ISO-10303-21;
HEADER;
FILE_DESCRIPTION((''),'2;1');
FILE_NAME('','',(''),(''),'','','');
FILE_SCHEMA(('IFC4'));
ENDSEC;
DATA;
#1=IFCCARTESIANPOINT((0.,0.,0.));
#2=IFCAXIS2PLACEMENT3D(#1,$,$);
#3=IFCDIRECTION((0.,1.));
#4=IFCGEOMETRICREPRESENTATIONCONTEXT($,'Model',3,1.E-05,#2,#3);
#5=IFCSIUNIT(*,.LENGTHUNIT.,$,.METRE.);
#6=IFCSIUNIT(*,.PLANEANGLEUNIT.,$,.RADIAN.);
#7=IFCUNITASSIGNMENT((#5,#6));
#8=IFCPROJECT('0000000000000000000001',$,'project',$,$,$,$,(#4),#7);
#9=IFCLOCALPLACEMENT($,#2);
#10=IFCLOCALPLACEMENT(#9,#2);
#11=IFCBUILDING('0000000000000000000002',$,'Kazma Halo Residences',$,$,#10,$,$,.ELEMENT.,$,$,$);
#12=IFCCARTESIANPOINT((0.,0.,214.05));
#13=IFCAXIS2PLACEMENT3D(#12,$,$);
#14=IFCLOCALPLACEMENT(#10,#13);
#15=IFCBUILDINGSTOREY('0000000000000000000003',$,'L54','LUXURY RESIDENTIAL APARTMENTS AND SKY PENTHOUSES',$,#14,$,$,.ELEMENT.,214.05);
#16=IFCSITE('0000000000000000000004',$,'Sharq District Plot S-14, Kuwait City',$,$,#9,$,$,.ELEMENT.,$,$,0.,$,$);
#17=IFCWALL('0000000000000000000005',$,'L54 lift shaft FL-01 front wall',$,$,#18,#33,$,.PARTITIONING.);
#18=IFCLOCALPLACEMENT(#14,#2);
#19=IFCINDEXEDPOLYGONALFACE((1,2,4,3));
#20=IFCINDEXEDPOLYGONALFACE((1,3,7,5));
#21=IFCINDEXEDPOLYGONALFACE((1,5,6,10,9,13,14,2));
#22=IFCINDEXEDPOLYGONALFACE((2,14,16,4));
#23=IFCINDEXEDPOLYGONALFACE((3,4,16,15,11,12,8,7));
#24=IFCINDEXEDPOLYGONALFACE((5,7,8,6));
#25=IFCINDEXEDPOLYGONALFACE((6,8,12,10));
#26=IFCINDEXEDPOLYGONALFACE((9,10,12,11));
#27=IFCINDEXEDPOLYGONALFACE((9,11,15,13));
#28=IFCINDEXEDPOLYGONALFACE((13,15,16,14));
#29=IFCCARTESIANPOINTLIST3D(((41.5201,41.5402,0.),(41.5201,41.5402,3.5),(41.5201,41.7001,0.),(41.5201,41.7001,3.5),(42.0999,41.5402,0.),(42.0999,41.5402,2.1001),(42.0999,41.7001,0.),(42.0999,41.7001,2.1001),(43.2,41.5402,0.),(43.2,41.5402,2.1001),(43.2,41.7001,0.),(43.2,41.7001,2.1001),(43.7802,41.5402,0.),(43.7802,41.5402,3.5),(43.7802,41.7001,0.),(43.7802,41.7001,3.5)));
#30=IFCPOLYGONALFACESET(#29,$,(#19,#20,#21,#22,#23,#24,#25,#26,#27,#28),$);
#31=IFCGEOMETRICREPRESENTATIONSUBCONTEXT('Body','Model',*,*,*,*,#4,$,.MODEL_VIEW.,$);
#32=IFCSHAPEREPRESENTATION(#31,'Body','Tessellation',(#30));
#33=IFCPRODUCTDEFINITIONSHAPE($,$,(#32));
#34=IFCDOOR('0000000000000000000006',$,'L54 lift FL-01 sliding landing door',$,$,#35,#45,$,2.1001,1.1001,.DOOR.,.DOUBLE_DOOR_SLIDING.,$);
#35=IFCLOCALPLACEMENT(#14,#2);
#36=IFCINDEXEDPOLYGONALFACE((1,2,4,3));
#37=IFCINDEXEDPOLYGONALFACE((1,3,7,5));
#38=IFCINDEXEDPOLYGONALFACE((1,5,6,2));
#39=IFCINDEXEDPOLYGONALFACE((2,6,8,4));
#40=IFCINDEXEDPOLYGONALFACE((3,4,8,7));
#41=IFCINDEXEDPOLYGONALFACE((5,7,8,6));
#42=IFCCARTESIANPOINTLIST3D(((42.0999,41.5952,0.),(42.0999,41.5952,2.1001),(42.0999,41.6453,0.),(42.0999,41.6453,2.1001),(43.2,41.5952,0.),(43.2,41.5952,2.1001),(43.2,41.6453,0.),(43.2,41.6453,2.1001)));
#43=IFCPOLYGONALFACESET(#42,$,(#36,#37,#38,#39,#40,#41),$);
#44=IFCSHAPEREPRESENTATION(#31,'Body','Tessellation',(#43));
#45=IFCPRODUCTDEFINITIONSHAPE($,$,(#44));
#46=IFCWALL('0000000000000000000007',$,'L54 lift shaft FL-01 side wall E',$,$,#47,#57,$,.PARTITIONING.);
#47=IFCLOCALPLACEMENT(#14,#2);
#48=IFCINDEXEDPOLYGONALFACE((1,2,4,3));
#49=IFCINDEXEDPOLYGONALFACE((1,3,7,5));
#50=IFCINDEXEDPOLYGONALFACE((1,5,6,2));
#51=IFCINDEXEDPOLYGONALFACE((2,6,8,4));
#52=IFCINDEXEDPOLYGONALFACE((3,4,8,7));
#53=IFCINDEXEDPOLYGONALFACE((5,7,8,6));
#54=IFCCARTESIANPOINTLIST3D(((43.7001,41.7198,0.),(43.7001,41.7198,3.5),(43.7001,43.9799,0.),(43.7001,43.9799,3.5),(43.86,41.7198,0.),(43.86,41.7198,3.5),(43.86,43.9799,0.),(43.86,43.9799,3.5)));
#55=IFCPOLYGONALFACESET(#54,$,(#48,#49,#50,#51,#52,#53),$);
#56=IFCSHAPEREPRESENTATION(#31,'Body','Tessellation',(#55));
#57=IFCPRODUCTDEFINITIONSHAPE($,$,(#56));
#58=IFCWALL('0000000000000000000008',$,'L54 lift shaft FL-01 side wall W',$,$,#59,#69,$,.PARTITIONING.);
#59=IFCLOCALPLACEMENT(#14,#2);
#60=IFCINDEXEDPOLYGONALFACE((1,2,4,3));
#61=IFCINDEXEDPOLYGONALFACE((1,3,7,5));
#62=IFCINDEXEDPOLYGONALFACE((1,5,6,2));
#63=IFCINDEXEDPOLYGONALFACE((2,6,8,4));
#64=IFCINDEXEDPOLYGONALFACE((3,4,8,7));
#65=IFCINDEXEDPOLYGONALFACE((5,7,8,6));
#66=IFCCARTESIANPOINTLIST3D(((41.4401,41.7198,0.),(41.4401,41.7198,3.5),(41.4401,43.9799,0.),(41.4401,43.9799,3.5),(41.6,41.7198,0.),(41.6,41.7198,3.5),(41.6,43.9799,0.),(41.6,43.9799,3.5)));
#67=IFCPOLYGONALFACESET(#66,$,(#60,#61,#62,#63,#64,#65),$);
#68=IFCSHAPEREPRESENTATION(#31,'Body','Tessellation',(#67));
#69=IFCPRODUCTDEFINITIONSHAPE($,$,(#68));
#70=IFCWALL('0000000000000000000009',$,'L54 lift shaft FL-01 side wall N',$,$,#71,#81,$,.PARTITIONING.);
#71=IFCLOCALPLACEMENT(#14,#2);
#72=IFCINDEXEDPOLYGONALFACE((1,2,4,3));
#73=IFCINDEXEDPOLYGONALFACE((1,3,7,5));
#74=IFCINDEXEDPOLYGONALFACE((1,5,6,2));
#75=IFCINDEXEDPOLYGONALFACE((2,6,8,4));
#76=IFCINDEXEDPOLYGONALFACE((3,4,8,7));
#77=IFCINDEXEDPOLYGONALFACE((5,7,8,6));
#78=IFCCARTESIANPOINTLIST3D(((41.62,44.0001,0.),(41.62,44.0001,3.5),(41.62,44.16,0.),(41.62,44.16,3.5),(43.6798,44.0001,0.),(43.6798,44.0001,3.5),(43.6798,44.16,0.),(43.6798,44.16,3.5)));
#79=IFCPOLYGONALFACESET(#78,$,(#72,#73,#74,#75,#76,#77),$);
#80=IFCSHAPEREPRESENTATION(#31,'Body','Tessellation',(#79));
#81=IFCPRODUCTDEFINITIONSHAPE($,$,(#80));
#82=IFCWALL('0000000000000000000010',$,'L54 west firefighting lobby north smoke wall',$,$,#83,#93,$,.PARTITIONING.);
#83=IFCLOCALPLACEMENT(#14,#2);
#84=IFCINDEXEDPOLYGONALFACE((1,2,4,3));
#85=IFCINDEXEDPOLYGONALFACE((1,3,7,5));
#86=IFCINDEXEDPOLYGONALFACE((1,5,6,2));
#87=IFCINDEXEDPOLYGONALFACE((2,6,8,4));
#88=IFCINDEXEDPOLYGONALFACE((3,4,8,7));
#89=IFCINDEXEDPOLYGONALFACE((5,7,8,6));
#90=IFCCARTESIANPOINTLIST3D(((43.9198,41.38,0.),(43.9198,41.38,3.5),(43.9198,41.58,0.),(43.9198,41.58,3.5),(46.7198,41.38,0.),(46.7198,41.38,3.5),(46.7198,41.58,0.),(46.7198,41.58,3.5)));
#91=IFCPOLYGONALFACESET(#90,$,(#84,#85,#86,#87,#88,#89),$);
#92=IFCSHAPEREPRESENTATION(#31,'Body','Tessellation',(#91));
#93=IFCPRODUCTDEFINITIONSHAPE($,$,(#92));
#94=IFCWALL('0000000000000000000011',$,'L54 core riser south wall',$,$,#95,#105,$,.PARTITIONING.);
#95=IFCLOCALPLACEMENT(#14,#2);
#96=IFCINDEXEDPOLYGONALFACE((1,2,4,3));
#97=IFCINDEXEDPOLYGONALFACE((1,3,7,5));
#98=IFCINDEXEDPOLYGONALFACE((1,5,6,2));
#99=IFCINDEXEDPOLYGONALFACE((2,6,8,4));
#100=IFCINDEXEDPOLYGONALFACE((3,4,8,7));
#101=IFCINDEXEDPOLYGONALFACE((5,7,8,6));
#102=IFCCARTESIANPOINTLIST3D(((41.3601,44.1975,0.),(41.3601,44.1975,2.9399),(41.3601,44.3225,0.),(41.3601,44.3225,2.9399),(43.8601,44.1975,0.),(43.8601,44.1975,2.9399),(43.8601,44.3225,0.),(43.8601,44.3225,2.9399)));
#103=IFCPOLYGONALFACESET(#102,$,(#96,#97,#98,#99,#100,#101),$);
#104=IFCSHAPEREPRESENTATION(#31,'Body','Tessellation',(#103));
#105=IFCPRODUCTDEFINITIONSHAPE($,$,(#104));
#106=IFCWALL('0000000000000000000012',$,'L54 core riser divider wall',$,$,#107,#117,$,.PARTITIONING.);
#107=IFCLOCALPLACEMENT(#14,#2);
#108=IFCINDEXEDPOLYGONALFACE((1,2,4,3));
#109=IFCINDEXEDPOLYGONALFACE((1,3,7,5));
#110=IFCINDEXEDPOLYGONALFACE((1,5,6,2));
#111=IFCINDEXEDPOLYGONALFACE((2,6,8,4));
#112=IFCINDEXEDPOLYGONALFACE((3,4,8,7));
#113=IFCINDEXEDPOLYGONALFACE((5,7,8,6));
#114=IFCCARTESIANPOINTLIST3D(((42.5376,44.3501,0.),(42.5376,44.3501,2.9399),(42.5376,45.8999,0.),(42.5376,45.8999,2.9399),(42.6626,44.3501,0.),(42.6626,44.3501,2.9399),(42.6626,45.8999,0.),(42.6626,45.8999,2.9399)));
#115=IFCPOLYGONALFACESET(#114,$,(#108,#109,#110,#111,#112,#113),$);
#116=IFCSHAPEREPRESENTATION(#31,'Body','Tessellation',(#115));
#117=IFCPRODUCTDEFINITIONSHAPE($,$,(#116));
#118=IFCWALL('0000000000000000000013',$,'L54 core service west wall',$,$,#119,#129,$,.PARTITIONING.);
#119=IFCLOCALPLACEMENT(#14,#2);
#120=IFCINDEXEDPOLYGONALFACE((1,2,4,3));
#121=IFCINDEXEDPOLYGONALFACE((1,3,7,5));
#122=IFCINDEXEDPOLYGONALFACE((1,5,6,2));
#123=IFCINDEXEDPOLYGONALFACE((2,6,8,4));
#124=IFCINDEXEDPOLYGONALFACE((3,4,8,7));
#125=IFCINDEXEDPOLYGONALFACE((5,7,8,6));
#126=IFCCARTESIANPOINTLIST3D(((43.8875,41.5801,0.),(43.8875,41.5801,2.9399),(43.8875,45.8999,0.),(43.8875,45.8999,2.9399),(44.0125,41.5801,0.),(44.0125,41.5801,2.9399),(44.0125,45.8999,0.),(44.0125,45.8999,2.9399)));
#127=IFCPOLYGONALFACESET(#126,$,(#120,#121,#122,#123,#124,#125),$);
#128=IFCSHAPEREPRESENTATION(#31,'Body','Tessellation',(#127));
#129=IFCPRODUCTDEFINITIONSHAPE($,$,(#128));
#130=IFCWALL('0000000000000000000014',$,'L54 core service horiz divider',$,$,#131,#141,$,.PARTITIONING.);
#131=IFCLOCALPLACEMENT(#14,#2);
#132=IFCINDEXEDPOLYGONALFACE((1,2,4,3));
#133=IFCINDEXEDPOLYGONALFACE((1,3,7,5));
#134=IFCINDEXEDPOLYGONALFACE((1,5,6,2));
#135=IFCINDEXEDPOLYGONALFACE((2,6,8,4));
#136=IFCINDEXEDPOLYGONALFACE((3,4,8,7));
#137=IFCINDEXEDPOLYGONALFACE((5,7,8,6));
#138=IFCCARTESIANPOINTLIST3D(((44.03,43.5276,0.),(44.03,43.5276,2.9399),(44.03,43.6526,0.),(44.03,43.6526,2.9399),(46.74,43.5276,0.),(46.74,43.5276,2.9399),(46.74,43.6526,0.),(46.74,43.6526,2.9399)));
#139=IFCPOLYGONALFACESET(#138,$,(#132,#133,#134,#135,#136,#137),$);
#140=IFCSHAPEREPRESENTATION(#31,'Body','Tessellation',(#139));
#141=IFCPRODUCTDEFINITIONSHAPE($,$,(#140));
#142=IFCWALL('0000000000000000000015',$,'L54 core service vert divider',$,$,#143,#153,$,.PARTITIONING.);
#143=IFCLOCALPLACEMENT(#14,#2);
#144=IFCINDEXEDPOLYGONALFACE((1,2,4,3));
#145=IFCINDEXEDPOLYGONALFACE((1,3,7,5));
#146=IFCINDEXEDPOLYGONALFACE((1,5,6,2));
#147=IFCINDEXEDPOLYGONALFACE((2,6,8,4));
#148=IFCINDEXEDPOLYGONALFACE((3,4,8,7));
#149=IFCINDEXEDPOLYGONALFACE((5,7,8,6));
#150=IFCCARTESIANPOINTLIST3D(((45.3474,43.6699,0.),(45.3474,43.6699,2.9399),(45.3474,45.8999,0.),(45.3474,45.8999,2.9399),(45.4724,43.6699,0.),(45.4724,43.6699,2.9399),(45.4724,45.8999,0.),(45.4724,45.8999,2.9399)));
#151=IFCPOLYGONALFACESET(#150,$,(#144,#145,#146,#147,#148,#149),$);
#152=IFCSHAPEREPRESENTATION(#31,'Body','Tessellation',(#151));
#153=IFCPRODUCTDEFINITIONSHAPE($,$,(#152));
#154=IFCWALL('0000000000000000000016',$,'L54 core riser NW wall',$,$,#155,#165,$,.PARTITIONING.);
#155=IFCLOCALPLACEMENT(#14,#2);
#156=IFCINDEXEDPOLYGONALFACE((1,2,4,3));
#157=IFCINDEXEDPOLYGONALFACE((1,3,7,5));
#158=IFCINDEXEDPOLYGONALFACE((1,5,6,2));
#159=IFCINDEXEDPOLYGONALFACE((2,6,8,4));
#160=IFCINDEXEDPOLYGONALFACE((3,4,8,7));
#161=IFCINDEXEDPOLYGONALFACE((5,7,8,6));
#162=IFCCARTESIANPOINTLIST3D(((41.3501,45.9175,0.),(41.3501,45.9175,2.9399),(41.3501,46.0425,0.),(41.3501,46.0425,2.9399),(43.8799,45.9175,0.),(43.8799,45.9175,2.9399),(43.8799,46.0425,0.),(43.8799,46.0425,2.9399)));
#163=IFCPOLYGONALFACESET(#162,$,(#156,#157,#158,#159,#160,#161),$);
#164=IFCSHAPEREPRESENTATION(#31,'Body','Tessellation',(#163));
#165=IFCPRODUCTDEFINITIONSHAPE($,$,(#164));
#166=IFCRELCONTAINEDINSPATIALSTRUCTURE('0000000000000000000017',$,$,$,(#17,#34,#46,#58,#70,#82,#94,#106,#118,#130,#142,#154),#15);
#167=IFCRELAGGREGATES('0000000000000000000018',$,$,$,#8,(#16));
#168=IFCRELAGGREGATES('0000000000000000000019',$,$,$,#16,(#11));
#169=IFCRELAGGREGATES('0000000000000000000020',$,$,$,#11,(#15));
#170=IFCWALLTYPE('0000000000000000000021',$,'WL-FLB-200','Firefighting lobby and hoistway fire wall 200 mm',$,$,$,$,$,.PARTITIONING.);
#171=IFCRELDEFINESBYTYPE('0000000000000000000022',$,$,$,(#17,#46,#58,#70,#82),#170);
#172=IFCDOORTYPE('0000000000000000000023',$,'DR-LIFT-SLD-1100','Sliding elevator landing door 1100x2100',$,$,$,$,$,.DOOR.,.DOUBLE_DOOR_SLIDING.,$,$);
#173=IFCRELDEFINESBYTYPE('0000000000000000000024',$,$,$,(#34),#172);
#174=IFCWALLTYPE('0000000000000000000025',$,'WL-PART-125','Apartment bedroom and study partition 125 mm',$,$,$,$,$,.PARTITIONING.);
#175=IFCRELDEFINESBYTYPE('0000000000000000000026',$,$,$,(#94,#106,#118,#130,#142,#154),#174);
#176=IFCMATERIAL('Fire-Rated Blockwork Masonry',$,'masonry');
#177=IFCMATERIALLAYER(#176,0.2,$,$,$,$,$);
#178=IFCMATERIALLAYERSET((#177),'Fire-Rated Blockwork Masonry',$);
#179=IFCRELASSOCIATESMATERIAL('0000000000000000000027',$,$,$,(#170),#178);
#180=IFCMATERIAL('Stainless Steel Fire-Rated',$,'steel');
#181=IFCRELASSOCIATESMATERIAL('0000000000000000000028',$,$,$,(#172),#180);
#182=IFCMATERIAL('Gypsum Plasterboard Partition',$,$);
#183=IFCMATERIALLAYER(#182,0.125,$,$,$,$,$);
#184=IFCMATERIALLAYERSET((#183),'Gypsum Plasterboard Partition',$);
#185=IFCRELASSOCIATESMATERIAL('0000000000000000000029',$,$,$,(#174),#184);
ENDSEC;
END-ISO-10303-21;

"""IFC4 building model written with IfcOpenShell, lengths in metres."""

from ifc_helpers import new_model, si_unit, direction, frame, frame_2d, origin, place, context, subcontext, project, spatial, rectangle, extrude, material, layer, layer_set, type_object, element, fill, save


model = new_model("IFC4")

# Units and contexts
model_context = context("Model", 3, precision=1e-05, world=origin(), true_north=direction((0.0, 1.0)))
body_context = subcontext(model_context, "Body", "Model", "MODEL_VIEW")
ifc_project = project(units=[si_unit("LENGTHUNIT", "METRE"), si_unit("PLANEANGLEUNIT", "RADIAN")], contexts=[model_context])

# Site, building, storey
site_placement = place(None, origin())
site = spatial("IfcSite", under=ifc_project, at=site_placement, Name="Sharq District Plot S-14, Kuwait City", CompositionType="ELEMENT", RefElevation=0.0)
building_placement = place(site_placement, origin())
building = spatial("IfcBuilding", under=site, at=building_placement, Name="Kazma Halo Residences", CompositionType="ELEMENT")
storey_placement = place(building_placement, frame((0.0, 0.0, 214.05)))
storey = spatial("IfcBuildingStorey", under=building, at=storey_placement, Name="L54", Description="LUXURY RESIDENTIAL APARTMENTS AND SKY PENTHOUSES", CompositionType="ELEMENT", Elevation=214.05)

# Wall, opening, door
ifc_material_1 = material(Name="Fire-Rated Blockwork Masonry", Category="masonry")
ifc_layer_1 = layer(ifc_material_1, 0.2)
ifc_layer_set_1 = layer_set([ifc_layer_1], Name="Fire-Rated Blockwork Masonry")
wall_type_1 = type_object("IfcWallType", Name="WL-FLB-200", Description="Firefighting lobby and hoistway fire wall 200 mm", PredefinedType="PARTITIONING", material=ifc_layer_set_1)
ifc_material_2 = material(Name="Stainless Steel Fire-Rated", Category="steel")
door_type_1 = type_object("IfcDoorType", Name="DR-LIFT-SLD-1100", Description="Sliding elevator landing door 1100x2100", OperationType="DOUBLE_DOOR_SLIDING", PredefinedType="DOOR", material=ifc_material_2)
wall_1_placement = place(storey_placement, frame((43.78, 41.6201, 0.0), z_axis=(0.0, 0.0, 1.0), x_axis=(-1.0, 0.0, 0.0)))
wall_1 = element("IfcWall", 1, at=wall_1_placement, inside=storey, type_object=wall_type_1, Name="L54 lift shaft FL-01 front wall", PredefinedType="PARTITIONING", context=body_context, shape_type="SweptSolid", body=[
    extrude(rectangle(XDim=2.26, YDim=0.1599, at=frame_2d((1.1299, 0.0))), origin(), (0.0, 0.0, 1.0), 3.5),
])
opening_1_placement = place(wall_1_placement, frame((0.5801, 0.0, 0.0)))
opening_1 = element("IfcOpeningElement", 2, at=opening_1_placement, cuts=wall_1, PredefinedType="OPENING", context=body_context, shape_type="SweptSolid", body=[
    extrude(rectangle(XDim=1.1001, YDim=2.1001, at=frame_2d((0.55, 1.05))), frame((0.0, 0.0898, 0.0), z_axis=(0.0, -1.0, 0.0), x_axis=(1.0, 0.0, 0.0)), (0.0, 0.0, 1.0), 0.1799),
])
door_1_placement = place(opening_1_placement, origin())
door_1 = element("IfcDoor", 3, at=door_1_placement, inside=storey, type_object=door_type_1, Name="L54 lift FL-01 sliding landing door", OperationType="DOUBLE_DOOR_SLIDING", OverallHeight=2.1001, OverallWidth=1.1001, PredefinedType="DOOR", context=body_context, shape_type="SweptSolid", body=[
    extrude(rectangle(XDim=1.1001, YDim=2.1001, at=frame_2d((0.55, 1.05))), frame((0.0, 0.0249, 0.0), z_axis=(0.0, -1.0, 0.0), x_axis=(1.0, 0.0, 0.0)), (0.0, 0.0, 1.0), 0.05),
])
fill(opening_1, door_1)

# Walls
for number, where, z_axis, x_axis, name in (
    (4, (43.78, 41.72, 0.0), (0.0, 0.0, 1.0), (0.0, 1.0, 0.0), "L54 lift shaft FL-01 side wall E"),
    (5, (41.52, 41.72, 0.0), (0.0, 0.0, 1.0), (0.0, 1.0, 0.0), "L54 lift shaft FL-01 side wall W"),
):
    element("IfcWall", number, at=place(storey_placement, frame(where, z_axis=z_axis, x_axis=x_axis)), inside=storey, type_object=wall_type_1, Name=name, PredefinedType="PARTITIONING", context=body_context, shape_type="SweptSolid", body=[
        extrude(rectangle(XDim=2.26, YDim=0.1599, at=frame_2d((1.1299, 0.0))), origin(), (0.0, 0.0, 1.0), 3.5),
    ])
wall_2_placement = place(storey_placement, frame((41.6201, 44.0801, 0.0), z_axis=(0.0, 0.0, 1.0), x_axis=(1.0, 0.0, 0.0)))
element("IfcWall", 6, at=wall_2_placement, inside=storey, type_object=wall_type_1, Name="L54 lift shaft FL-01 side wall N", PredefinedType="PARTITIONING", context=body_context, shape_type="SweptSolid", body=[
    extrude(rectangle(XDim=2.0598, YDim=0.1599, at=frame_2d((1.0298, 0.0))), origin(), (0.0, 0.0, 1.0), 3.5),
])
wall_3_placement = place(storey_placement, frame((43.9199, 41.48, 0.0), z_axis=(0.0, 0.0, 1.0), x_axis=(1.0, 0.0, 0.0)))
element("IfcWall", 7, at=wall_3_placement, inside=storey, type_object=wall_type_1, Name="L54 west firefighting lobby north smoke wall", PredefinedType="PARTITIONING", context=body_context, shape_type="SweptSolid", body=[
    extrude(rectangle(XDim=2.8, YDim=0.2, at=frame_2d((1.3999, 0.0))), origin(), (0.0, 0.0, 1.0), 3.5),
])
ifc_material_3 = material(Name="Gypsum Plasterboard Partition")
ifc_layer_2 = layer(ifc_material_3, 0.125)
ifc_layer_set_2 = layer_set([ifc_layer_2], Name="Gypsum Plasterboard Partition")
wall_type_2 = type_object("IfcWallType", Name="WL-PART-125", Description="Apartment bedroom and study partition 125 mm", PredefinedType="PARTITIONING", material=ifc_layer_set_2)
wall_4_placement = place(storey_placement, frame((41.3601, 44.26, 0.0), z_axis=(0.0, 0.0, 1.0), x_axis=(1.0, 0.0, 0.0)))
element("IfcWall", 8, at=wall_4_placement, inside=storey, type_object=wall_type_2, Name="L54 core riser south wall", PredefinedType="PARTITIONING", context=body_context, shape_type="SweptSolid", body=[
    extrude(rectangle(XDim=2.5, YDim=0.125, at=frame_2d((1.25, 0.0))), origin(), (0.0, 0.0, 1.0), 2.9399),
])
wall_5_placement = place(storey_placement, frame((42.6001, 44.3501, 0.0), z_axis=(0.0, 0.0, 1.0), x_axis=(0.0, 1.0, 0.0)))
element("IfcWall", 9, at=wall_5_placement, inside=storey, type_object=wall_type_2, Name="L54 core riser divider wall", PredefinedType="PARTITIONING", context=body_context, shape_type="SweptSolid", body=[
    extrude(rectangle(XDim=1.5498, YDim=0.125, at=frame_2d((0.7749, 0.0))), origin(), (0.0, 0.0, 1.0), 2.9399),
])
wall_6_placement = place(storey_placement, frame((43.95, 41.5801, 0.0), z_axis=(0.0, 0.0, 1.0), x_axis=(0.0, 1.0, 0.0)))
element("IfcWall", 10, at=wall_6_placement, inside=storey, type_object=wall_type_2, Name="L54 core service west wall", PredefinedType="PARTITIONING", context=body_context, shape_type="SweptSolid", body=[
    extrude(rectangle(XDim=4.3198, YDim=0.125, at=frame_2d((2.1599, 0.0))), origin(), (0.0, 0.0, 1.0), 2.9399),
])
wall_7_placement = place(storey_placement, frame((44.03, 43.5901, 0.0), z_axis=(0.0, 0.0, 1.0), x_axis=(1.0, 0.0, 0.0)))
element("IfcWall", 11, at=wall_7_placement, inside=storey, type_object=wall_type_2, Name="L54 core service horiz divider", PredefinedType="PARTITIONING", context=body_context, shape_type="SweptSolid", body=[
    extrude(rectangle(XDim=2.71, YDim=0.125, at=frame_2d((1.355, 0.0))), origin(), (0.0, 0.0, 1.0), 2.9399),
])
wall_8_placement = place(storey_placement, frame((45.4099, 43.6699, 0.0), z_axis=(0.0, 0.0, 1.0), x_axis=(0.0, 1.0, 0.0)))
element("IfcWall", 12, at=wall_8_placement, inside=storey, type_object=wall_type_2, Name="L54 core service vert divider", PredefinedType="PARTITIONING", context=body_context, shape_type="SweptSolid", body=[
    extrude(rectangle(XDim=2.23, YDim=0.125, at=frame_2d((1.115, 0.0))), origin(), (0.0, 0.0, 1.0), 2.9399),
])
wall_9_placement = place(storey_placement, frame((41.3501, 45.98, 0.0), z_axis=(0.0, 0.0, 1.0), x_axis=(1.0, 0.0, 0.0)))
element("IfcWall", 13, at=wall_9_placement, inside=storey, type_object=wall_type_2, Name="L54 core riser NW wall", PredefinedType="PARTITIONING", context=body_context, shape_type="SweptSolid", body=[
    extrude(rectangle(XDim=2.5298, YDim=0.125, at=frame_2d((1.2649, 0.0))), origin(), (0.0, 0.0, 1.0), 2.9399),
])

save(model, "model.ifc")
